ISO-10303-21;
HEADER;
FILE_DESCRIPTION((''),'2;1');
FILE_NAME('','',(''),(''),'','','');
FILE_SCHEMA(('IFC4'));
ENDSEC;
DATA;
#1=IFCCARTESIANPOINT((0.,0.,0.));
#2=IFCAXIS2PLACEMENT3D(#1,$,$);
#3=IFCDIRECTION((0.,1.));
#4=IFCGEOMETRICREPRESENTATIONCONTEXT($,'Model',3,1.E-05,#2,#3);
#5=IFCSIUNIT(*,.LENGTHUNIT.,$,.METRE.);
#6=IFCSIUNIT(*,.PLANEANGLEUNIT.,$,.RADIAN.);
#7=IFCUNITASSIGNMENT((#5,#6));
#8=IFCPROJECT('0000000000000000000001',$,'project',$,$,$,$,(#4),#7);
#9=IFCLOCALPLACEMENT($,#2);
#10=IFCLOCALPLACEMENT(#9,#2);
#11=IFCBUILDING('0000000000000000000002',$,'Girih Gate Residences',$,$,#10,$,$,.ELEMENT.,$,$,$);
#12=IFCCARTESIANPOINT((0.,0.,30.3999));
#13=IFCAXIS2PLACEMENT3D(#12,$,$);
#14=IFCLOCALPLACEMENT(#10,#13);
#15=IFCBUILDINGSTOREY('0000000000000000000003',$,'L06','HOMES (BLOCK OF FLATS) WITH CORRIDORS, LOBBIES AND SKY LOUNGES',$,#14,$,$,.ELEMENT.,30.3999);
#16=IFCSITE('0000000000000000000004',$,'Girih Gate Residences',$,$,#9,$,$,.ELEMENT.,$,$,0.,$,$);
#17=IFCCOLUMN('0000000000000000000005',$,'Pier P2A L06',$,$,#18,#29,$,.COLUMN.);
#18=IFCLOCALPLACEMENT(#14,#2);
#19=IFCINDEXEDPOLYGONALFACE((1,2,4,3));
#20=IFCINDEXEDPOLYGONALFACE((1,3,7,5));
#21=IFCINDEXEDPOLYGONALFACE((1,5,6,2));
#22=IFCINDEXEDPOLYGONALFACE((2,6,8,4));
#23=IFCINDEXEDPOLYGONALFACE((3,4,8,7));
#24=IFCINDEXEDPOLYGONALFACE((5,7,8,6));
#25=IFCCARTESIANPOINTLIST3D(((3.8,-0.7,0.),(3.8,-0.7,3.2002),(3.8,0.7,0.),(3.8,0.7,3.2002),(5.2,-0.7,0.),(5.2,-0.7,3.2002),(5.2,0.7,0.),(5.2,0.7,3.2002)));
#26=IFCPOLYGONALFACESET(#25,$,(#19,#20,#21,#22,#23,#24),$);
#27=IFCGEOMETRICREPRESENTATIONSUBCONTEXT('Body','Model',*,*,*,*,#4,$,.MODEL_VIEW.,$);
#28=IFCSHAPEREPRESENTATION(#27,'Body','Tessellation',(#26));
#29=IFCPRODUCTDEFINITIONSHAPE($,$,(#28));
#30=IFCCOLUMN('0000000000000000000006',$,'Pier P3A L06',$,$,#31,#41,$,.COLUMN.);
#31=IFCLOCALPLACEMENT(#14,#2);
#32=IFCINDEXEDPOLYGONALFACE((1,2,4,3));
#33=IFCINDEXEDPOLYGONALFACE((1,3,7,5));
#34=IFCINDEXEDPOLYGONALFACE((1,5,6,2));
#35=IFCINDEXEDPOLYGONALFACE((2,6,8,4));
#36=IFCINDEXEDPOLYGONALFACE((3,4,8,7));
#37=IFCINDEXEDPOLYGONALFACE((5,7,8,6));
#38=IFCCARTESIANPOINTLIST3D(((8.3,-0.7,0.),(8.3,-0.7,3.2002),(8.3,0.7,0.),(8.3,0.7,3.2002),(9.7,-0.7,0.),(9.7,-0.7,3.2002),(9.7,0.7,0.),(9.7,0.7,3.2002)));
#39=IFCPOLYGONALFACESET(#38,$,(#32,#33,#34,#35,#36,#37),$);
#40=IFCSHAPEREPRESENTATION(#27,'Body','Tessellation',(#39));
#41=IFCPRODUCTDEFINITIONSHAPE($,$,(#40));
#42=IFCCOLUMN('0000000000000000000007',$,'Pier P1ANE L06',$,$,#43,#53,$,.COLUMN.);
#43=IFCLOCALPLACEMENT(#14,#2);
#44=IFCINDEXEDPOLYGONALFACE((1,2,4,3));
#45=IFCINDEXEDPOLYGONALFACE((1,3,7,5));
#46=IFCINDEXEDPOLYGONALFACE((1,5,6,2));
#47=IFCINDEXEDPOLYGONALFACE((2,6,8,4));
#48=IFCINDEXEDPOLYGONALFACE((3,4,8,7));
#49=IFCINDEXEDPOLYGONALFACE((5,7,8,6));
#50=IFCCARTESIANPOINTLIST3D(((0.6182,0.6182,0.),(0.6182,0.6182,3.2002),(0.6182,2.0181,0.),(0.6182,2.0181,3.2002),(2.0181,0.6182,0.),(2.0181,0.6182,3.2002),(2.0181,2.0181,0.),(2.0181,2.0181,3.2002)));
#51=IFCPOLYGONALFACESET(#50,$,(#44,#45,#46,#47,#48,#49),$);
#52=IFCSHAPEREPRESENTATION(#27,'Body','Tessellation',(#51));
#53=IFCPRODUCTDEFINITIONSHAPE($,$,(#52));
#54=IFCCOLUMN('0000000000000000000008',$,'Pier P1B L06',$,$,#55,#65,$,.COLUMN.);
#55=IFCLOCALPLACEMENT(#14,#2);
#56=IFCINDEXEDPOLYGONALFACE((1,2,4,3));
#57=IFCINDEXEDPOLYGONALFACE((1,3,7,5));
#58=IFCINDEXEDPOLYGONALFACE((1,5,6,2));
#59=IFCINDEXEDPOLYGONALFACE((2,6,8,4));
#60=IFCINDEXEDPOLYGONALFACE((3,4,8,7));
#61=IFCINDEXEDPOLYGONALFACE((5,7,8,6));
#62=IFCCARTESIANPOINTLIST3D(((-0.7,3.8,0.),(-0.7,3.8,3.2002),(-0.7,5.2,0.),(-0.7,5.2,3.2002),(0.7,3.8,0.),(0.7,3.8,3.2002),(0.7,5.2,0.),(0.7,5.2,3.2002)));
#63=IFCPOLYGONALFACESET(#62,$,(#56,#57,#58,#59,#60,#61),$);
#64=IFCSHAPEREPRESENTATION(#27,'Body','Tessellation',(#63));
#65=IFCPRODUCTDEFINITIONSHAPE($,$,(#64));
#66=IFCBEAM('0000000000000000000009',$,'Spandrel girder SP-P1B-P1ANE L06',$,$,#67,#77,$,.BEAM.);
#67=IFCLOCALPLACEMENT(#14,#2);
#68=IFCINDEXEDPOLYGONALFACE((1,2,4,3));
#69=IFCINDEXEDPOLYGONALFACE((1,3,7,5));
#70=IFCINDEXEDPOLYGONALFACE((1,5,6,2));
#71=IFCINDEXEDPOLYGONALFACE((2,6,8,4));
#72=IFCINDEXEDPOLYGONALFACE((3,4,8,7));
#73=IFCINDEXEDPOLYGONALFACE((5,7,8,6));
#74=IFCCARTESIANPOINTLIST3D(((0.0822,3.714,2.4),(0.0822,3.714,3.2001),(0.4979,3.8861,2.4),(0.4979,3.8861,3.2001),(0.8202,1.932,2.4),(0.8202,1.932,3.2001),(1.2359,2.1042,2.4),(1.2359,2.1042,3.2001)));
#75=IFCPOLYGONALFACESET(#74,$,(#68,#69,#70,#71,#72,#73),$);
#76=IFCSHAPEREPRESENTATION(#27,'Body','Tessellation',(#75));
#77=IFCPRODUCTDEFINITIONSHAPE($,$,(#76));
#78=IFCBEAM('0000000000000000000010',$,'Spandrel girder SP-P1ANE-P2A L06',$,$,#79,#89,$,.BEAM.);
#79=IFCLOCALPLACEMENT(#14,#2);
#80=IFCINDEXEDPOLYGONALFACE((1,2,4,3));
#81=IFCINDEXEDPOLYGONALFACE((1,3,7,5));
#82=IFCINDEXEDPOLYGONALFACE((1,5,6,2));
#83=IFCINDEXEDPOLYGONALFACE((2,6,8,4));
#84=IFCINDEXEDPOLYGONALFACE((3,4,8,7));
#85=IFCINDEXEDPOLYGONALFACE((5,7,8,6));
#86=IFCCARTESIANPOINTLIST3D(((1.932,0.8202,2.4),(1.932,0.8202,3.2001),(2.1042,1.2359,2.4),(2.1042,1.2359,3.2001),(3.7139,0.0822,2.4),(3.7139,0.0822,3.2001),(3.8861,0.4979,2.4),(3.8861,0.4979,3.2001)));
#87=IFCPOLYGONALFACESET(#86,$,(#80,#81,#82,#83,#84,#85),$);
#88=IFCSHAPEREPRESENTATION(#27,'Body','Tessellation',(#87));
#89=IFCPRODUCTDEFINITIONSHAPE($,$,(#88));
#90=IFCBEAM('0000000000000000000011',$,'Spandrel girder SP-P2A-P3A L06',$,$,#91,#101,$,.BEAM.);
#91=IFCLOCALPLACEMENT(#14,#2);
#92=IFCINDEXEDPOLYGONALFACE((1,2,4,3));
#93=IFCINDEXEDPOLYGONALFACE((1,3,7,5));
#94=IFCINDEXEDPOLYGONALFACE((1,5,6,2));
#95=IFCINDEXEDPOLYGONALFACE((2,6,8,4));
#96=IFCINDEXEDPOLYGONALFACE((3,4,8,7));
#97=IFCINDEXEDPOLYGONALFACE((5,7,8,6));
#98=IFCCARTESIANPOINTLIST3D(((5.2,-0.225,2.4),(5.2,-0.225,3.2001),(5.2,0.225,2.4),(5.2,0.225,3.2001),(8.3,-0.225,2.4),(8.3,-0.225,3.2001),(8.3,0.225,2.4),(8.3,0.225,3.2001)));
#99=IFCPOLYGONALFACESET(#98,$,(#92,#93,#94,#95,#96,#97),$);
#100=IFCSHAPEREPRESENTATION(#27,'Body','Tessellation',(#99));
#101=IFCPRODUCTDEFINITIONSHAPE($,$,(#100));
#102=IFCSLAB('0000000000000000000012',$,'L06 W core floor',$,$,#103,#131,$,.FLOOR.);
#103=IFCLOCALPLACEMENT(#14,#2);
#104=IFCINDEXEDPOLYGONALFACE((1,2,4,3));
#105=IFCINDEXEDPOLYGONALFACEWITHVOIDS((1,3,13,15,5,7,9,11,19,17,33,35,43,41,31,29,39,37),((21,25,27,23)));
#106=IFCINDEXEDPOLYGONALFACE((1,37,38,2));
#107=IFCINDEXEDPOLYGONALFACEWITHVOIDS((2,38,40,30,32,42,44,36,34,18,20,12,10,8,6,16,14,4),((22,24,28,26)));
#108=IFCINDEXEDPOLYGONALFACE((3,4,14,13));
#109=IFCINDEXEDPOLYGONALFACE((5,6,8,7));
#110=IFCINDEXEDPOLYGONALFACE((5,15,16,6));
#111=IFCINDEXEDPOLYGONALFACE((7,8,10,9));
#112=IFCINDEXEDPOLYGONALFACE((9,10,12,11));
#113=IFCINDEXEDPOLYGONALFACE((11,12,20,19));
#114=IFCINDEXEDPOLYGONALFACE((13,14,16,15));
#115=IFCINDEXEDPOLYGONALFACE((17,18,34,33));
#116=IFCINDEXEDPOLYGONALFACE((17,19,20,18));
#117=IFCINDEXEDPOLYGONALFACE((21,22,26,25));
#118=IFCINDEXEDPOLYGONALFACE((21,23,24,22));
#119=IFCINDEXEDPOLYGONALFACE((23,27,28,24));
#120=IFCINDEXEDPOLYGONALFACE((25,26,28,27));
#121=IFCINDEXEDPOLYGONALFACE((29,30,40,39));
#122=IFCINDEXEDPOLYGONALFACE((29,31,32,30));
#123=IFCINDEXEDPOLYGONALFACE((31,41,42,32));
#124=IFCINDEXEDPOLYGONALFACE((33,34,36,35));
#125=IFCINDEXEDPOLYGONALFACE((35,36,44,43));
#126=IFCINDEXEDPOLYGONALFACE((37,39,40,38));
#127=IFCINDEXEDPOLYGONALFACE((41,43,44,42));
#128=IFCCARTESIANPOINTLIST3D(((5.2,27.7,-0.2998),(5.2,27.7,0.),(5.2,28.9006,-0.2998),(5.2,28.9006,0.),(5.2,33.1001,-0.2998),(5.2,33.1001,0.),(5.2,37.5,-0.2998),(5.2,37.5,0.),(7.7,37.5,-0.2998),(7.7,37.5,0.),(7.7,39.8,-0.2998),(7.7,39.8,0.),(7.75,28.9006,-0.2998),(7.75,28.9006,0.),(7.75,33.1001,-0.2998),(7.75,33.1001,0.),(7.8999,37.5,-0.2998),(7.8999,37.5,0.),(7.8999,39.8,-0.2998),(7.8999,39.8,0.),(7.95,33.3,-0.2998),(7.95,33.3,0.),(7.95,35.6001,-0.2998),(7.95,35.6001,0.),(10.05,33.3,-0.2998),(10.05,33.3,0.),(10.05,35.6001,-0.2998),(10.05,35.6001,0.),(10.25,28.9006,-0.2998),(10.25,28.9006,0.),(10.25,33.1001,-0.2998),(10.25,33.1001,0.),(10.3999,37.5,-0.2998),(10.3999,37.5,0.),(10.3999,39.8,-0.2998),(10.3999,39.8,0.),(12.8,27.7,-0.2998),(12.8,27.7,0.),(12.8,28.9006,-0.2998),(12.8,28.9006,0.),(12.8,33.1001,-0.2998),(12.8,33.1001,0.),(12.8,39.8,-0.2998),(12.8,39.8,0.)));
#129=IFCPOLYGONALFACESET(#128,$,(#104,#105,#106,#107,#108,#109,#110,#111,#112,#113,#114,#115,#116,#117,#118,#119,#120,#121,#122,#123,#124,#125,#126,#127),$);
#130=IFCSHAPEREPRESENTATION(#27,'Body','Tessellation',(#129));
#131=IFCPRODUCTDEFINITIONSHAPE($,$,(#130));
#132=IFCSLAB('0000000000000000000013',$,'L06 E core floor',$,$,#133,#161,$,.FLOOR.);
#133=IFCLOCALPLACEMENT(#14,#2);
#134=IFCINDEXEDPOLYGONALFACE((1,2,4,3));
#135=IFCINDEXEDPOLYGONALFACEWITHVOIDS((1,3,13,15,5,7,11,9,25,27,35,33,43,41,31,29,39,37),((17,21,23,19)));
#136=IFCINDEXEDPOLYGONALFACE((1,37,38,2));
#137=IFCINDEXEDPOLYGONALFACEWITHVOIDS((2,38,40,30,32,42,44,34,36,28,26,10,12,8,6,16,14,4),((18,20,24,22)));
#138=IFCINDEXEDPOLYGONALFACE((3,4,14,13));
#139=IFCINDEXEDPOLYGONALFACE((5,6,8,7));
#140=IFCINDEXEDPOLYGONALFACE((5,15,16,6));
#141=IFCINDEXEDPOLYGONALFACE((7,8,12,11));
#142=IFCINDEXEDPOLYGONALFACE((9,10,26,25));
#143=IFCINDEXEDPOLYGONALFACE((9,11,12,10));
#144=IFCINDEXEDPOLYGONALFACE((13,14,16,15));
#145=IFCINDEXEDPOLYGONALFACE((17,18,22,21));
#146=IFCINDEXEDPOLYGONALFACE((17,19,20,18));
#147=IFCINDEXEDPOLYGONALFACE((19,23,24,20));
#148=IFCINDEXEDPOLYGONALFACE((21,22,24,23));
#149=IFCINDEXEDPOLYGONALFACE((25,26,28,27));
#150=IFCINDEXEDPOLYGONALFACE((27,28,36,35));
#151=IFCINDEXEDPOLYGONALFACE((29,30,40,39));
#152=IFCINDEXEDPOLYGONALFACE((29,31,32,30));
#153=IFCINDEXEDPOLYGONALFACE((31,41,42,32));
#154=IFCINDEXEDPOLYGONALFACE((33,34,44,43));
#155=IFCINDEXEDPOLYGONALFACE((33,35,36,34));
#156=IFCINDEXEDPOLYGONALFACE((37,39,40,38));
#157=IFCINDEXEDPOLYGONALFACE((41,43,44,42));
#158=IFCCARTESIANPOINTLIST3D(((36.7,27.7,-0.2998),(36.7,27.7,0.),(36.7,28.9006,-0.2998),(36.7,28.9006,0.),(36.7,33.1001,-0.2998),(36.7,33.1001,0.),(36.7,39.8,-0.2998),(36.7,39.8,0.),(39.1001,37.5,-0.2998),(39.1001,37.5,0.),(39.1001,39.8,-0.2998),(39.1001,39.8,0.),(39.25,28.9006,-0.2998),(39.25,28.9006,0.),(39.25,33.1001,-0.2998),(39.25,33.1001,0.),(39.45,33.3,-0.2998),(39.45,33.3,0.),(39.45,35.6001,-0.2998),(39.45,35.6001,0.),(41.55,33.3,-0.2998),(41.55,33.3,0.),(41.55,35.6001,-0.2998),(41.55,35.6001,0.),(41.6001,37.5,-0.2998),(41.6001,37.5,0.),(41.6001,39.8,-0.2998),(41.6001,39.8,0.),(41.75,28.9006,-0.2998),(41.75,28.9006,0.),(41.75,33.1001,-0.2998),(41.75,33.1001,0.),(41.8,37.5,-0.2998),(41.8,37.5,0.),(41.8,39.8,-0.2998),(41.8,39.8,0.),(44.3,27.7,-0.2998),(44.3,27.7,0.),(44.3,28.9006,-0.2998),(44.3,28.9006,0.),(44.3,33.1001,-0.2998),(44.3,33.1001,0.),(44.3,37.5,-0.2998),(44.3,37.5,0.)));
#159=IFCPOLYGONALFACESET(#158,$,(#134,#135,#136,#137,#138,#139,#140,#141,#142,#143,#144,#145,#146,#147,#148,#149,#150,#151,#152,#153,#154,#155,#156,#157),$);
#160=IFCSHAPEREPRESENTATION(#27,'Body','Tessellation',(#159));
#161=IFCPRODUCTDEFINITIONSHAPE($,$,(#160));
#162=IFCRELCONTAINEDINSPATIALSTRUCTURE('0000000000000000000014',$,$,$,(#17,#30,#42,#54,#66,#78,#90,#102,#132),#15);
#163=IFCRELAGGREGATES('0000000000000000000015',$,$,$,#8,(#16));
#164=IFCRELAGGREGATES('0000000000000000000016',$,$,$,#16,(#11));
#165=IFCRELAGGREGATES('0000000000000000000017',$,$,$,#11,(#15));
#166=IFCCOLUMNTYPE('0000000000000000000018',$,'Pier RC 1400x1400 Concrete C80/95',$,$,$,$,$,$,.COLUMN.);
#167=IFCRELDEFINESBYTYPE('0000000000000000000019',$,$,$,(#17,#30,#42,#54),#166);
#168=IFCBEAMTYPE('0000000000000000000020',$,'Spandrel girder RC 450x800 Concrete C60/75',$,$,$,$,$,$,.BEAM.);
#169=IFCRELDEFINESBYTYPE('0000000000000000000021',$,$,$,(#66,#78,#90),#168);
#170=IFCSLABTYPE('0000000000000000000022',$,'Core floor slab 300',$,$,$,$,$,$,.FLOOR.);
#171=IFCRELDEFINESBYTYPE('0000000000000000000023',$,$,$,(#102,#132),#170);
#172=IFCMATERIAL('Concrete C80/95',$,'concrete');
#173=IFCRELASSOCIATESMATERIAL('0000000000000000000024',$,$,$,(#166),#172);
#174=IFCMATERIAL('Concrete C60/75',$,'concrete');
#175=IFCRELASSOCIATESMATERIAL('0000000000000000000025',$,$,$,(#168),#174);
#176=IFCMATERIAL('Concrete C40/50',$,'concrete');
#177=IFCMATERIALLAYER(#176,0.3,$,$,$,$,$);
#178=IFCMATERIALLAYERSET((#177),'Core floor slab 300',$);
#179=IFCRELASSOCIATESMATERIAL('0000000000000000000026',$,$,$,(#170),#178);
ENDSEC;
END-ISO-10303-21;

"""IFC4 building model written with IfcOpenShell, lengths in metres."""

from ifc_helpers import new_model, si_unit, direction, frame, origin, origin_2d, place, context, subcontext, project, spatial, polyline, rectangle, outline, extrude, material, layer, layer_set, material_profile, profile_set, type_object, element, save


model = new_model("IFC4")

# Units and contexts
model_context = context("Model", 3, precision=1e-05, world=origin(), true_north=direction((0.0, 1.0)))
body_context = subcontext(model_context, "Body", "Model", "MODEL_VIEW")
ifc_project = project(units=[si_unit("LENGTHUNIT", "METRE"), si_unit("PLANEANGLEUNIT", "RADIAN")], contexts=[model_context])

# Site, building, storey
site_placement = place(None, origin())
site = spatial("IfcSite", under=ifc_project, at=site_placement, Name="Girih Gate Residences", CompositionType="ELEMENT", RefElevation=0.0)
building_placement = place(site_placement, origin())
building = spatial("IfcBuilding", under=site, at=building_placement, Name="Girih Gate Residences", CompositionType="ELEMENT")
storey_placement = place(building_placement, frame((0.0, 0.0, 30.3999)))
storey = spatial("IfcBuildingStorey", under=building, at=storey_placement, Name="L06", Description="HOMES (BLOCK OF FLATS) WITH CORRIDORS, LOBBIES AND SKY LOUNGES", CompositionType="ELEMENT", Elevation=30.3999)

# Columns
ifc_material_1 = material(Name="Concrete C80/95", Category="concrete")
ifc_material_profile_1 = material_profile(ifc_material_1, rectangle(XDim=1.3999, YDim=1.3999, at=origin_2d()))
ifc_profile_set_1 = profile_set([ifc_material_profile_1], Name="Concrete C80/95")
column_type = type_object("IfcColumnType", Name="Pier RC 1400x1400 Concrete C80/95", PredefinedType="COLUMN", material=ifc_profile_set_1)
for number, where, z_axis, x_axis, name in (
    (1, (4.5, 0.0, 0.0), (0.0, 0.0, 1.0), (1.0, 0.0, 0.0), "Pier P2A L06"),
    (2, (9.0, 0.0, 0.0), (0.0, 0.0, 1.0), (1.0, 0.0, 0.0), "Pier P3A L06"),
    (3, (1.3181, 1.3181, 0.0), (0.0, 0.0, 1.0), (1.0, 0.0, 0.0), "Pier P1ANE L06"),
    (4, (0.0, 4.5, 0.0), (0.0, 0.0, 1.0), (1.0, 0.0, 0.0), "Pier P1B L06"),
):
    element("IfcColumn", number, at=place(storey_placement, frame(where, z_axis=z_axis, x_axis=x_axis)), inside=storey, type_object=column_type, Name=name, PredefinedType="COLUMN", context=body_context, shape_type="SweptSolid", body=[
        extrude(rectangle(XDim=1.3999, YDim=1.3999, at=origin_2d()), origin(), (0.0, 0.0, 1.0), 3.2002),
    ])

# Beams
ifc_material_2 = material(Name="Concrete C60/75", Category="concrete")
ifc_material_profile_2 = material_profile(ifc_material_2, rectangle(XDim=0.45, YDim=0.8, at=origin_2d()))
ifc_profile_set_2 = profile_set([ifc_material_profile_2], Name="Concrete C60/75")
beam_type = type_object("IfcBeamType", Name="Spandrel girder RC 450x800 Concrete C60/75", PredefinedType="BEAM", material=ifc_profile_set_2)
for number, where, z_axis, x_axis, name in (
    (5, (0.29, 3.8, 2.8), (0.382646, -0.923895, 0.0), (0.923895, 0.382646, 0.0), "Spandrel girder SP-P1B-P1ANE L06"),
    (6, (2.0181, 1.0281, 2.8), (0.923895, -0.382646, 0.0), (0.382646, 0.923895, 0.0), "Spandrel girder SP-P1ANE-P2A L06"),
):
    element("IfcBeam", number, at=place(storey_placement, frame(where, z_axis=z_axis, x_axis=x_axis)), inside=storey, type_object=beam_type, Name=name, PredefinedType="BEAM", context=body_context, shape_type="SweptSolid", body=[
        extrude(rectangle(XDim=0.45, YDim=0.8, at=origin_2d()), origin(), (0.0, 0.0, 1.0), 1.9287),
    ])
beam_placement = place(storey_placement, frame((5.2, 0.0, 2.8), z_axis=(1.0, 0.0, 0.0), x_axis=(0.0, 1.0, 0.0)))
element("IfcBeam", 7, at=beam_placement, inside=storey, type_object=beam_type, Name="Spandrel girder SP-P2A-P3A L06", PredefinedType="BEAM", context=body_context, shape_type="SweptSolid", body=[
    extrude(rectangle(XDim=0.45, YDim=0.8, at=origin_2d()), origin(), (0.0, 0.0, 1.0), 3.1001),
])

# Slabs
ifc_material_3 = material(Name="Concrete C40/50", Category="concrete")
ifc_layer_1 = layer(ifc_material_3, 0.3)
ifc_layer_set_1 = layer_set([ifc_layer_1], Name="Core floor slab 300")
slab_type_1 = type_object("IfcSlabType", Name="Core floor slab 300", PredefinedType="FLOOR", material=ifc_layer_set_1)
slab_1_placement = place(storey_placement, frame((0.0, 0.0, -0.2998)))
element("IfcSlab", 8, at=slab_1_placement, inside=storey, type_object=slab_type_1, Name="L06 W core floor", PredefinedType="FLOOR", context=body_context, shape_type="SweptSolid", body=[
    extrude(outline(polyline([(12.8, 27.7), (5.2, 27.7), (5.2, 28.9006), (7.75, 28.9006), (7.75, 33.1001), (5.2, 33.1001), (5.2, 37.5), (7.7, 37.5), (7.7, 39.8), (7.8999, 39.8), (7.8999, 37.5), (10.3999, 37.5), (10.3999, 39.8), (12.8, 39.8), (12.8, 33.1001), (10.25, 33.1001), (10.25, 28.9006), (12.8, 28.9006), (12.8, 27.7)]), holes=[polyline([(7.95, 33.3), (10.05, 33.3), (10.05, 35.6001), (7.95, 35.6001), (7.95, 33.3)])]), origin(), (0.0, 0.0, 1.0), 0.2998),
])
slab_2_placement = place(storey_placement, frame((0.0, 0.0, -0.2998)))
element("IfcSlab", 9, at=slab_2_placement, inside=storey, type_object=slab_type_1, Name="L06 E core floor", PredefinedType="FLOOR", context=body_context, shape_type="SweptSolid", body=[
    extrude(outline(polyline([(44.3, 27.7), (36.7, 27.7), (36.7, 28.9006), (39.25, 28.9006), (39.25, 33.1001), (36.7, 33.1001), (36.7, 39.8), (39.1001, 39.8), (39.1001, 37.5), (41.6001, 37.5), (41.6001, 39.8), (41.8, 39.8), (41.8, 37.5), (44.3, 37.5), (44.3, 33.1001), (41.75, 33.1001), (41.75, 28.9006), (44.3, 28.9006), (44.3, 27.7)]), holes=[polyline([(39.45, 33.3), (41.55, 33.3), (41.55, 35.6001), (39.45, 35.6001), (39.45, 33.3)])]), origin(), (0.0, 0.0, 1.0), 0.2998),
])

save(model, "model.ifc")
